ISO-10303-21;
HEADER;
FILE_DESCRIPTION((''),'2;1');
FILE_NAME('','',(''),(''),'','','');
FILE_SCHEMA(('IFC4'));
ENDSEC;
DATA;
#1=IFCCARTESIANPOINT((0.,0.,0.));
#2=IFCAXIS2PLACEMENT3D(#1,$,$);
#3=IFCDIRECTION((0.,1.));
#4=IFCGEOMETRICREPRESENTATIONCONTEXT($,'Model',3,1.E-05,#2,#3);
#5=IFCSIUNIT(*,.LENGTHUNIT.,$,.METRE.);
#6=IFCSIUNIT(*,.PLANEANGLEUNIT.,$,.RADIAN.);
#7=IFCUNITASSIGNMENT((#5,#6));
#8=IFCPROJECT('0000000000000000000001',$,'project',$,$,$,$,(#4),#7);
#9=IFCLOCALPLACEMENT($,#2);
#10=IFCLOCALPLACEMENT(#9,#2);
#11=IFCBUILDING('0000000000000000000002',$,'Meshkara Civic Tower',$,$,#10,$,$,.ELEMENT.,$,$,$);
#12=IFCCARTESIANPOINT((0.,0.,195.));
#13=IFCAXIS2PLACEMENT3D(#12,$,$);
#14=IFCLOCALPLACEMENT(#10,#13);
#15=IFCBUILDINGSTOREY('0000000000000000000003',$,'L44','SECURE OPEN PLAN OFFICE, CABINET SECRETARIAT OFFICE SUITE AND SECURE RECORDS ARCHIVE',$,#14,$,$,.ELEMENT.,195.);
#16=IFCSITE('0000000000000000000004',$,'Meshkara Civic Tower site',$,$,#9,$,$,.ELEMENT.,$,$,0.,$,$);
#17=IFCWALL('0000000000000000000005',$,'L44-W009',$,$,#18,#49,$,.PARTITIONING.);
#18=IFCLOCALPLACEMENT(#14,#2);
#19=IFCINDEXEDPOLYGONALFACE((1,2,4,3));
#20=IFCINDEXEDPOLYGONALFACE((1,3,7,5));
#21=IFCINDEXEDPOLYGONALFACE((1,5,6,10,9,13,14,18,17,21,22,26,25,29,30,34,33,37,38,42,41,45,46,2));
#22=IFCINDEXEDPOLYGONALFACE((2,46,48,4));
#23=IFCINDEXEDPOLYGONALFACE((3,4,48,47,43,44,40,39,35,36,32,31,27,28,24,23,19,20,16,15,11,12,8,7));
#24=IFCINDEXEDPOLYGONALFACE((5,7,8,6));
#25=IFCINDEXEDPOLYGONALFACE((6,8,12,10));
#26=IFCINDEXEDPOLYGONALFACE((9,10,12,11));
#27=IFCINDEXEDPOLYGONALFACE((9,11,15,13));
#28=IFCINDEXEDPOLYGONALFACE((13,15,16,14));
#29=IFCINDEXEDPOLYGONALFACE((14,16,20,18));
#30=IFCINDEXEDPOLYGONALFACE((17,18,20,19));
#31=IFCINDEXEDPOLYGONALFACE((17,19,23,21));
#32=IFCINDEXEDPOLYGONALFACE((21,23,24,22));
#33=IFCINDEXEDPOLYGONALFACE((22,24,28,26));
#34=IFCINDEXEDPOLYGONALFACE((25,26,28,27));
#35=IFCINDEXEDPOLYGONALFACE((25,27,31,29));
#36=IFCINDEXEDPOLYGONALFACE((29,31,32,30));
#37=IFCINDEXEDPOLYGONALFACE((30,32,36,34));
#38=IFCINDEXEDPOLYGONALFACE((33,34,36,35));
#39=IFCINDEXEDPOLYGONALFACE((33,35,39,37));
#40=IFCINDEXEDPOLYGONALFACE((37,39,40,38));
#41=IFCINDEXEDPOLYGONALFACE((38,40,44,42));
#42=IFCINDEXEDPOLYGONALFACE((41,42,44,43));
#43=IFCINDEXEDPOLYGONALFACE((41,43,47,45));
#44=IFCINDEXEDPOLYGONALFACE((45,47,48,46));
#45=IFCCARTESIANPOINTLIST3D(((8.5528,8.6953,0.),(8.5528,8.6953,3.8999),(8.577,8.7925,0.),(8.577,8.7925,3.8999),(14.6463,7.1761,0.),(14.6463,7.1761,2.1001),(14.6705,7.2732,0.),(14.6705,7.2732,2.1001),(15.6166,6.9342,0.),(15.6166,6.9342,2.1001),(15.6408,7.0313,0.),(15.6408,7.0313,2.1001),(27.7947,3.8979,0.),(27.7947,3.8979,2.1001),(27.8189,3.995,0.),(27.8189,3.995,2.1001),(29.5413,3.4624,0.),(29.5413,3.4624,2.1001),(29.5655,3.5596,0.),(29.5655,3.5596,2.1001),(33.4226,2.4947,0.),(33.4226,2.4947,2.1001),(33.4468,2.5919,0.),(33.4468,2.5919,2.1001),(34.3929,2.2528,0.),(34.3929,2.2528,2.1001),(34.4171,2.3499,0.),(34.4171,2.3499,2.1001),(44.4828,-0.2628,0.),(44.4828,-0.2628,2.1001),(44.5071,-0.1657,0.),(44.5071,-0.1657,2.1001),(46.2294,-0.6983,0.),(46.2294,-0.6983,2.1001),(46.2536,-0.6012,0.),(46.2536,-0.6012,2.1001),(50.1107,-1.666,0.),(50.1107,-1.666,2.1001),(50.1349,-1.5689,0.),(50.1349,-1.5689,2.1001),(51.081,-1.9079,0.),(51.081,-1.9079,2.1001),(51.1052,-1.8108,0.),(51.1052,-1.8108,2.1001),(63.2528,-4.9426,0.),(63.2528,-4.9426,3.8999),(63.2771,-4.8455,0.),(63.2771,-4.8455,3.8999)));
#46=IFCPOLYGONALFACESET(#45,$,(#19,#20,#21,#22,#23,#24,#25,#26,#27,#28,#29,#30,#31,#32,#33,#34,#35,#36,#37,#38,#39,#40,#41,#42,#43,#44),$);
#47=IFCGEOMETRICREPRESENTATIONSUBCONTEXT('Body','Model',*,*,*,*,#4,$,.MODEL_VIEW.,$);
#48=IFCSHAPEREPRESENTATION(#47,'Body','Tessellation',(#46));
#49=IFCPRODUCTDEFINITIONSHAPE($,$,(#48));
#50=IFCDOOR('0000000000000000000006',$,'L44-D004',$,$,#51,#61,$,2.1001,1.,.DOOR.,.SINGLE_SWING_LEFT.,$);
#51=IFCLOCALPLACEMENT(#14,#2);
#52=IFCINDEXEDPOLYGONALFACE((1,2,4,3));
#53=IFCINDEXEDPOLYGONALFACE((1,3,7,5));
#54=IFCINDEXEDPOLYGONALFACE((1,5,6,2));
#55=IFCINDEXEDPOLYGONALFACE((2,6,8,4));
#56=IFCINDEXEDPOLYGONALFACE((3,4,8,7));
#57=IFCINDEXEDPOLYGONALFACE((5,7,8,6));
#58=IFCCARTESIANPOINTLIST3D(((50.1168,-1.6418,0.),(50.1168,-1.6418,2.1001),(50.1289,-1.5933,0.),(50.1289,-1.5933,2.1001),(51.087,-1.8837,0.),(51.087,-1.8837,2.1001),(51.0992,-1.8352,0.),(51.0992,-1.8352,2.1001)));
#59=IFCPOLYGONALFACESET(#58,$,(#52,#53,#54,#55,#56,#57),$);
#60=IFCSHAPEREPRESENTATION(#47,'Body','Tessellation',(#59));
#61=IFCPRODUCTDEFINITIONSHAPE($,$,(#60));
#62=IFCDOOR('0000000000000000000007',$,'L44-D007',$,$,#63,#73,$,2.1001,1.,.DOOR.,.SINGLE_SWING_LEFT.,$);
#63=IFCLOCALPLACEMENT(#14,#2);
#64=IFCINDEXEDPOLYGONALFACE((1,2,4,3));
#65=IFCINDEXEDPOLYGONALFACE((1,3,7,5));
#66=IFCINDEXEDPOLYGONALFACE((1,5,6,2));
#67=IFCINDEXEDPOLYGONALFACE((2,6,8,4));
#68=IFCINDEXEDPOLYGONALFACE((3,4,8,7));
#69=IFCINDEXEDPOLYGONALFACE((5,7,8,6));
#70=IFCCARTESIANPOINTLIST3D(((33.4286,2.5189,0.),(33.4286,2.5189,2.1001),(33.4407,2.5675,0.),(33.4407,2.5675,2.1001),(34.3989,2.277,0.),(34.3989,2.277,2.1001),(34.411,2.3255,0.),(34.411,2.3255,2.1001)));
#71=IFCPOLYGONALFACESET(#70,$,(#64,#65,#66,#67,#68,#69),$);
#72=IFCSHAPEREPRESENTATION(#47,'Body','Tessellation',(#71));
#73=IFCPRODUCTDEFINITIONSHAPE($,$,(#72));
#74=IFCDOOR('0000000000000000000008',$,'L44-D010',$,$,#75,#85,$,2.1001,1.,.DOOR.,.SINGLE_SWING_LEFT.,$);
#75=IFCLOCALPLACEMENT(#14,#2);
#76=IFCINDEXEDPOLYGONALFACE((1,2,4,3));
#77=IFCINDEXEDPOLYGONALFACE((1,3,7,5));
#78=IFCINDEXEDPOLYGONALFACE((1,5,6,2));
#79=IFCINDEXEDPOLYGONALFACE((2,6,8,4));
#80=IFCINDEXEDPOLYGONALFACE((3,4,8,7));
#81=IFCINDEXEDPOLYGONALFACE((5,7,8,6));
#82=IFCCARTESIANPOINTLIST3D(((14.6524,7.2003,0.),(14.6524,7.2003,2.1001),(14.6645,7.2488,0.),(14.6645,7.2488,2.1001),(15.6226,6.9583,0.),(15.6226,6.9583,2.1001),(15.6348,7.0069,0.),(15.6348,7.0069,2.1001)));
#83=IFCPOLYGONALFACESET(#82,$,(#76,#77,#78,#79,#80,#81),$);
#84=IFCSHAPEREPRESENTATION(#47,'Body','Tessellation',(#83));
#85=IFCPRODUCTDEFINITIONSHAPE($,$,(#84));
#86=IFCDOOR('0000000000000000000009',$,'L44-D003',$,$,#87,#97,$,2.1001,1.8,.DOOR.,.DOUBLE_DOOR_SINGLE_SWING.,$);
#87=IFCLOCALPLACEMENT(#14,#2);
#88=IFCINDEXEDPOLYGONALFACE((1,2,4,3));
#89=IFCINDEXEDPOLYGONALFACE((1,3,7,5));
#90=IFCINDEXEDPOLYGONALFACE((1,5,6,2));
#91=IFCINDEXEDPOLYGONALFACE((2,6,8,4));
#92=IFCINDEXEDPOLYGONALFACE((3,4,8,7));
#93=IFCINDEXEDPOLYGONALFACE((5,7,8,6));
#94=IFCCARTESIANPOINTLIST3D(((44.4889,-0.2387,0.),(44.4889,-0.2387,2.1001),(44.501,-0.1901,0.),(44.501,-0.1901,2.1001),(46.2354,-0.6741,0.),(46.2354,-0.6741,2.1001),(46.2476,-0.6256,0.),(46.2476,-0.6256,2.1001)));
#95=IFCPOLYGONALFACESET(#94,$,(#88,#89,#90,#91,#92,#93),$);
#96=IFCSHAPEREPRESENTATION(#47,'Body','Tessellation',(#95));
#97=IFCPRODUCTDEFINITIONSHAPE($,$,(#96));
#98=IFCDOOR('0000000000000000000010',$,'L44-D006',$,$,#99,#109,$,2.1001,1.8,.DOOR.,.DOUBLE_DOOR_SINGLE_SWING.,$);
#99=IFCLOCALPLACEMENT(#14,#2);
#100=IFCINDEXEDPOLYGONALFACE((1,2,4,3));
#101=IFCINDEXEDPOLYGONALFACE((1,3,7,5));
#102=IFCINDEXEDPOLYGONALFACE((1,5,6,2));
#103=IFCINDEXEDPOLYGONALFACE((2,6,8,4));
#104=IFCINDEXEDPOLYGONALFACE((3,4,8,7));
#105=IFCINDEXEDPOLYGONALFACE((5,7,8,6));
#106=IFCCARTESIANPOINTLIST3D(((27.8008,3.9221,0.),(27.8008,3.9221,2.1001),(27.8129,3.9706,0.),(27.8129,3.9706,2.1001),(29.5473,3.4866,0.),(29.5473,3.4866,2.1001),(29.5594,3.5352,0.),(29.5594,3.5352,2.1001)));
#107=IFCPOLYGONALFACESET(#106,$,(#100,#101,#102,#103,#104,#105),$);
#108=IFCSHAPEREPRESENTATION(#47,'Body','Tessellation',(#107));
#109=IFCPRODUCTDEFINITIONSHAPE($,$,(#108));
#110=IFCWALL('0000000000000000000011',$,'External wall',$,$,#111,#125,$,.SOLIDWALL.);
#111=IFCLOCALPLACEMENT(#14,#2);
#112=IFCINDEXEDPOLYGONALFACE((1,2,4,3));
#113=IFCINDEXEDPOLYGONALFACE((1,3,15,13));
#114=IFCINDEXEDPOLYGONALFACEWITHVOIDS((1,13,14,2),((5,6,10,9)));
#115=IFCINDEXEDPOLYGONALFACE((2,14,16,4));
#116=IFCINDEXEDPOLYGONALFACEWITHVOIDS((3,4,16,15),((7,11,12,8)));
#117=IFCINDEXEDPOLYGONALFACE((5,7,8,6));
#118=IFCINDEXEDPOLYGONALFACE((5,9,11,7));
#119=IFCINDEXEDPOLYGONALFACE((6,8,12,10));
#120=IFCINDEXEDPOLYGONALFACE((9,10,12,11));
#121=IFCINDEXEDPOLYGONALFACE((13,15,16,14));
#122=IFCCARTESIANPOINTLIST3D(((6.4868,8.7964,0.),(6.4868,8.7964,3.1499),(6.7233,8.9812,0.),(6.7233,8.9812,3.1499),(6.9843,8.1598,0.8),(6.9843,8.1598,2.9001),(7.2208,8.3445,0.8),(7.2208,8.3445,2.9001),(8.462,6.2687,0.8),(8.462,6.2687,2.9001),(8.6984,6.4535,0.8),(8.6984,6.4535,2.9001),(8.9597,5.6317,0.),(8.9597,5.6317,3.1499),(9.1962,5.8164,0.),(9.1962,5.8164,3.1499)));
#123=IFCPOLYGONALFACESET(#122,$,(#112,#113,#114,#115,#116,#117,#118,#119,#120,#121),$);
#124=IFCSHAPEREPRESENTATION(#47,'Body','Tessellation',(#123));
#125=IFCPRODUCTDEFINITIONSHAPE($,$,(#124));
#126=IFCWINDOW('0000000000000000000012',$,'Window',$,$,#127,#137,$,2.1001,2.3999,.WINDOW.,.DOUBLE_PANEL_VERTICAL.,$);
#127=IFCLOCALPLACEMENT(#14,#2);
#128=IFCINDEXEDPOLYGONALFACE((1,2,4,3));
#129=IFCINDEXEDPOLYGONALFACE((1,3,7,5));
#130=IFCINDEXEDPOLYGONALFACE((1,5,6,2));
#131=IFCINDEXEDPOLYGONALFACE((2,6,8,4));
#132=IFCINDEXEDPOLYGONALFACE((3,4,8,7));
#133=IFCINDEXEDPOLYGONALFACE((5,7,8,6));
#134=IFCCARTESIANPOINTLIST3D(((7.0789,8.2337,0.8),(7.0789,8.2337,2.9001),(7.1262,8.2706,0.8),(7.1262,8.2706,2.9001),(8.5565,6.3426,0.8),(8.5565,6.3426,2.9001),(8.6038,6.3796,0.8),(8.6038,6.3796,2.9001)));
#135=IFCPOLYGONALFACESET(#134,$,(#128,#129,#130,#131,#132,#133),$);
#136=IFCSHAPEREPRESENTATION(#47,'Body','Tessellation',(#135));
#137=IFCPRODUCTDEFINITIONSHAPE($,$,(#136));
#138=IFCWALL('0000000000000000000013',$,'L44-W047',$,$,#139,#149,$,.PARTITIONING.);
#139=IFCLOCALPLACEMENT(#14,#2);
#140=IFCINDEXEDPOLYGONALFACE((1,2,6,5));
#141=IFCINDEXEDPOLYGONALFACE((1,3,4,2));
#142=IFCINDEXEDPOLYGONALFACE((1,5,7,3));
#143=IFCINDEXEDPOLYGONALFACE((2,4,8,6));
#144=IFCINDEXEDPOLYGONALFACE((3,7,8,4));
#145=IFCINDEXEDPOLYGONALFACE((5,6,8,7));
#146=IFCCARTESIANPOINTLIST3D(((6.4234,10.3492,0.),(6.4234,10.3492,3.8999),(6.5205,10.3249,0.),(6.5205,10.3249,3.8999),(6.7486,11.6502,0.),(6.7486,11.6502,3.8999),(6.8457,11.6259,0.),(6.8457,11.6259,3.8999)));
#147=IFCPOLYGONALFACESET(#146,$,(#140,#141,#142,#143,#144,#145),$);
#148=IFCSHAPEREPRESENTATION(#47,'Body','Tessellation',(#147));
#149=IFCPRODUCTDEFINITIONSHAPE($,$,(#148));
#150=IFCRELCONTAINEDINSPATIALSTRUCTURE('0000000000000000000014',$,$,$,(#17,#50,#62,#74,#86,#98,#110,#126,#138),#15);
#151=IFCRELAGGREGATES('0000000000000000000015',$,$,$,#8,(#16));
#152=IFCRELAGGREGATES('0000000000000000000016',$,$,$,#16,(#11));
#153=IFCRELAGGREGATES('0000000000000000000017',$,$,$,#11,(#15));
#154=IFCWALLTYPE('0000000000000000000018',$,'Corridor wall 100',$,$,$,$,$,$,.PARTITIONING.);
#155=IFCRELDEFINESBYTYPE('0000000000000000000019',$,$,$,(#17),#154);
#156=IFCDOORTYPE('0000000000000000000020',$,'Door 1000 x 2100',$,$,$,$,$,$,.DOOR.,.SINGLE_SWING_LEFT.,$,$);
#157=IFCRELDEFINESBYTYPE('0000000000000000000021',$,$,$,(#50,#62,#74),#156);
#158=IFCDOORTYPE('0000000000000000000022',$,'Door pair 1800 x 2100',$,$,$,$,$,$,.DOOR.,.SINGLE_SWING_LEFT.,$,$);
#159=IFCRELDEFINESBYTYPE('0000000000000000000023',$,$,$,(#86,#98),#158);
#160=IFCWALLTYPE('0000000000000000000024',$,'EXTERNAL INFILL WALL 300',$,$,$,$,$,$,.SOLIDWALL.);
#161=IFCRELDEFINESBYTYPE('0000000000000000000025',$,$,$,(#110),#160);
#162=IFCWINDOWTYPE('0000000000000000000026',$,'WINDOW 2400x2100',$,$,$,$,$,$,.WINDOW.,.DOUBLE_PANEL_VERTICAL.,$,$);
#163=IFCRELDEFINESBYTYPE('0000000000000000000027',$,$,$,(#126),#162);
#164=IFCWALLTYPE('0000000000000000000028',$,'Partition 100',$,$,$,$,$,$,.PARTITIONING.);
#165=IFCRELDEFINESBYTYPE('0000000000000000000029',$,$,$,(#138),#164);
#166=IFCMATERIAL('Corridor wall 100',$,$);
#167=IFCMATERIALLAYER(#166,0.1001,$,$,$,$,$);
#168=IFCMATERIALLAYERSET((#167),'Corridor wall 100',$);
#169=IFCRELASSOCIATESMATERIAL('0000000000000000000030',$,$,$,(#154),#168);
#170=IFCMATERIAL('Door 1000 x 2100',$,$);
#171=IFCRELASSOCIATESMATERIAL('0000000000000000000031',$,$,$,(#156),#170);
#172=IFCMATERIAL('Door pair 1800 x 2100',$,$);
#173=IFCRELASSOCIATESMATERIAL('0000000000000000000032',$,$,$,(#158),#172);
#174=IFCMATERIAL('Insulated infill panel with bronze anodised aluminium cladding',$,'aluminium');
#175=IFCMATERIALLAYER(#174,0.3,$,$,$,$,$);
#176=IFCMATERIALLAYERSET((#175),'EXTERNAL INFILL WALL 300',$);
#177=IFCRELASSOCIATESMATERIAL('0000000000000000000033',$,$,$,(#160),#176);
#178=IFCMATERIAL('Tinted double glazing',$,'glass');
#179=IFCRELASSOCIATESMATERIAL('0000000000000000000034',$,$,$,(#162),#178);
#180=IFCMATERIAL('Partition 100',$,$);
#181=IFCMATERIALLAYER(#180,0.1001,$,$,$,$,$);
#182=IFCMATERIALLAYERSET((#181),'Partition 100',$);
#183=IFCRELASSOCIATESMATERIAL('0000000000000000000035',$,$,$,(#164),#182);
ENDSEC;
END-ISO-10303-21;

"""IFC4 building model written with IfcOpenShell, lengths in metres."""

from ifc_helpers import new_model, si_unit, direction, frame, frame_2d, origin, place, context, subcontext, project, spatial, rectangle, extrude, material, layer, layer_set, type_object, element, fill, save


model = new_model("IFC4")

# Units and contexts
model_context = context("Model", 3, precision=1e-05, world=origin(), true_north=direction((0.0, 1.0)))
body_context = subcontext(model_context, "Body", "Model", "MODEL_VIEW")
ifc_project = project(units=[si_unit("LENGTHUNIT", "METRE"), si_unit("PLANEANGLEUNIT", "RADIAN")], contexts=[model_context])

# Site, building, storey
site_placement = place(None, origin())
site = spatial("IfcSite", under=ifc_project, at=site_placement, Name="Meshkara Civic Tower site", CompositionType="ELEMENT", RefElevation=0.0)
building_placement = place(site_placement, origin())
building = spatial("IfcBuilding", under=site, at=building_placement, Name="Meshkara Civic Tower", CompositionType="ELEMENT")
storey_placement = place(building_placement, frame((0.0, 0.0, 195.0)))
storey = spatial("IfcBuildingStorey", under=building, at=storey_placement, Name="L44", Description="SECURE OPEN PLAN OFFICE, CABINET SECRETARIAT OFFICE SUITE AND SECURE RECORDS ARCHIVE", CompositionType="ELEMENT", Elevation=195.0)

# Shared definitions
ifc_material_1 = material(Name="Corridor wall 100")
ifc_layer_1 = layer(ifc_material_1, 0.1001)
ifc_layer_set_1 = layer_set([ifc_layer_1], Name="Corridor wall 100")
wall_type_1 = type_object("IfcWallType", Name="Corridor wall 100", PredefinedType="PARTITIONING", material=ifc_layer_set_1)
ifc_material_2 = material(Name="Door 1000 x 2100")
door_type_1 = type_object("IfcDoorType", Name="Door 1000 x 2100", OperationType="SINGLE_SWING_LEFT", PredefinedType="DOOR", material=ifc_material_2)

# Wall, openings, doors
wall_1_placement = place(storey_placement, frame((8.5649, 8.7439, 0.0), z_axis=(0.0, 0.0, 1.0), x_axis=(0.970297, -0.241917, 0.0)))
wall_1 = element("IfcWall", 1, at=wall_1_placement, inside=storey, type_object=wall_type_1, Name="L44-W009", PredefinedType="PARTITIONING", context=body_context, shape_type="SweptSolid", body=[
    extrude(rectangle(XDim=56.3745, YDim=0.1001, at=frame_2d((28.1873, 0.0))), origin(), (0.0, 0.0, 1.0), 3.8999),
])
opening_1_placement = place(wall_1_placement, frame((37.03, 0.0, 0.0)))
opening_1 = element("IfcOpeningElement", 2, at=opening_1_placement, cuts=wall_1, PredefinedType="OPENING", context=body_context, shape_type="SweptSolid", body=[
    extrude(rectangle(XDim=1.8, YDim=2.1001, at=frame_2d((0.8999, 1.05))), frame((0.0, 0.0601, 0.0), z_axis=(0.0, -1.0, 0.0), x_axis=(1.0, 0.0, 0.0)), (0.0, 0.0, 1.0), 0.1201),
])
opening_2_placement = place(wall_1_placement, frame((42.8301, 0.0, 0.0)))
opening_2 = element("IfcOpeningElement", 3, at=opening_2_placement, cuts=wall_1, PredefinedType="OPENING", context=body_context, shape_type="SweptSolid", body=[
    extrude(rectangle(XDim=1.0, YDim=2.1001, at=frame_2d((0.5, 1.05))), frame((0.0, 0.0601, 0.0), z_axis=(0.0, -1.0, 0.0), x_axis=(1.0, 0.0, 0.0)), (0.0, 0.0, 1.0), 0.1201),
])
opening_3_placement = place(wall_1_placement, frame((19.8311, 0.0, 0.0)))
opening_3 = element("IfcOpeningElement", 4, at=opening_3_placement, cuts=wall_1, PredefinedType="OPENING", context=body_context, shape_type="SweptSolid", body=[
    extrude(rectangle(XDim=1.8, YDim=2.1001, at=frame_2d((0.8999, 1.05))), frame((0.0, 0.0601, 0.0), z_axis=(0.0, -1.0, 0.0), x_axis=(1.0, 0.0, 0.0)), (0.0, 0.0, 1.0), 0.1201),
])
opening_4_placement = place(wall_1_placement, frame((25.6311, 0.0, 0.0)))
opening_4 = element("IfcOpeningElement", 5, at=opening_4_placement, cuts=wall_1, PredefinedType="OPENING", context=body_context, shape_type="SweptSolid", body=[
    extrude(rectangle(XDim=1.0, YDim=2.1001, at=frame_2d((0.5, 1.05))), frame((0.0, 0.0601, 0.0), z_axis=(0.0, -1.0, 0.0), x_axis=(1.0, 0.0, 0.0)), (0.0, 0.0, 1.0), 0.1201),
])
opening_5_placement = place(wall_1_placement, frame((6.28, 0.0, 0.0)))
opening_5 = element("IfcOpeningElement", 6, at=opening_5_placement, cuts=wall_1, PredefinedType="OPENING", context=body_context, shape_type="SweptSolid", body=[
    extrude(rectangle(XDim=1.0, YDim=2.1001, at=frame_2d((0.5, 1.05))), frame((0.0, 0.0601, 0.0), z_axis=(0.0, -1.0, 0.0), x_axis=(1.0, 0.0, 0.0)), (0.0, 0.0, 1.0), 0.1201),
])
door_1_placement = place(opening_2_placement, origin())
door_1 = element("IfcDoor", 7, at=door_1_placement, inside=storey, type_object=door_type_1, Name="L44-D004", OperationType="SINGLE_SWING_LEFT", OverallHeight=2.1001, OverallWidth=1.0, PredefinedType="DOOR", context=body_context, shape_type="SweptSolid", body=[
    extrude(rectangle(XDim=1.0, YDim=2.1001, at=frame_2d((0.5, 1.05))), frame((0.0, 0.0249, 0.0), z_axis=(0.0, -1.0, 0.0), x_axis=(1.0, 0.0, 0.0)), (0.0, 0.0, 1.0), 0.05),
])
fill(opening_2, door_1)
door_2_placement = place(opening_4_placement, origin())
door_2 = element("IfcDoor", 8, at=door_2_placement, inside=storey, type_object=door_type_1, Name="L44-D007", OperationType="SINGLE_SWING_LEFT", OverallHeight=2.1001, OverallWidth=1.0, PredefinedType="DOOR", context=body_context, shape_type="SweptSolid", body=[
    extrude(rectangle(XDim=1.0, YDim=2.1001, at=frame_2d((0.5, 1.05))), frame((0.0, 0.0249, 0.0), z_axis=(0.0, -1.0, 0.0), x_axis=(1.0, 0.0, 0.0)), (0.0, 0.0, 1.0), 0.05),
])
fill(opening_4, door_2)
door_3_placement = place(opening_5_placement, origin())
door_3 = element("IfcDoor", 9, at=door_3_placement, inside=storey, type_object=door_type_1, Name="L44-D010", OperationType="SINGLE_SWING_LEFT", OverallHeight=2.1001, OverallWidth=1.0, PredefinedType="DOOR", context=body_context, shape_type="SweptSolid", body=[
    extrude(rectangle(XDim=1.0, YDim=2.1001, at=frame_2d((0.5, 1.05))), frame((0.0, 0.0249, 0.0), z_axis=(0.0, -1.0, 0.0), x_axis=(1.0, 0.0, 0.0)), (0.0, 0.0, 1.0), 0.05),
])
fill(opening_5, door_3)
ifc_material_3 = material(Name="Door pair 1800 x 2100")
door_type_2 = type_object("IfcDoorType", Name="Door pair 1800 x 2100", OperationType="SINGLE_SWING_LEFT", PredefinedType="DOOR", material=ifc_material_3)
door_4_placement = place(opening_1_placement, origin())
door_4 = element("IfcDoor", 10, at=door_4_placement, inside=storey, type_object=door_type_2, Name="L44-D003", OperationType="DOUBLE_DOOR_SINGLE_SWING", OverallHeight=2.1001, OverallWidth=1.8, PredefinedType="DOOR", context=body_context, shape_type="SweptSolid", body=[
    extrude(rectangle(XDim=1.8, YDim=2.1001, at=frame_2d((0.8999, 1.05))), frame((0.0, 0.0249, 0.0), z_axis=(0.0, -1.0, 0.0), x_axis=(1.0, 0.0, 0.0)), (0.0, 0.0, 1.0), 0.05),
])
fill(opening_1, door_4)
door_5_placement = place(opening_3_placement, origin())
door_5 = element("IfcDoor", 11, at=door_5_placement, inside=storey, type_object=door_type_2, Name="L44-D006", OperationType="DOUBLE_DOOR_SINGLE_SWING", OverallHeight=2.1001, OverallWidth=1.8, PredefinedType="DOOR", context=body_context, shape_type="SweptSolid", body=[
    extrude(rectangle(XDim=1.8, YDim=2.1001, at=frame_2d((0.8999, 1.05))), frame((0.0, 0.0249, 0.0), z_axis=(0.0, -1.0, 0.0), x_axis=(1.0, 0.0, 0.0)), (0.0, 0.0, 1.0), 0.05),
])
fill(opening_3, door_5)

# Wall, opening, window
ifc_material_4 = material(Name="Insulated infill panel with bronze anodised aluminium cladding", Category="aluminium")
ifc_layer_2 = layer(ifc_material_4, 0.3)
ifc_layer_set_2 = layer_set([ifc_layer_2], Name="EXTERNAL INFILL WALL 300")
wall_type_2 = type_object("IfcWallType", Name="EXTERNAL INFILL WALL 300", PredefinedType="SOLIDWALL", material=ifc_layer_set_2)
wall_2_placement = place(storey_placement, frame((6.605, 8.8889, 0.0), z_axis=(0.0, 0.0, 1.0), x_axis=(0.615707, -0.787976, 0.0)))
wall_2 = element("IfcWall", 12, at=wall_2_placement, inside=storey, type_object=wall_type_2, Name="External wall", PredefinedType="SOLIDWALL", context=body_context, shape_type="SweptSolid", body=[
    extrude(rectangle(XDim=4.0164, YDim=0.3, at=frame_2d((2.0083, 0.0))), origin(), (0.0, 0.0, 1.0), 3.1499),
])
opening_6_placement = place(wall_2_placement, frame((0.8081, 0.0, 0.8)))
opening_6 = element("IfcOpeningElement", 13, at=opening_6_placement, cuts=wall_2, PredefinedType="OPENING", context=body_context, shape_type="SweptSolid", body=[
    extrude(rectangle(XDim=2.3999, YDim=2.1001, at=frame_2d((1.2, 1.05))), frame((0.0, 0.1599, 0.0), z_axis=(0.0, -1.0, 0.0), x_axis=(1.0, 0.0, 0.0)), (0.0, 0.0, 1.0), 0.3201),
])
ifc_material_5 = material(Name="Tinted double glazing", Category="glass")
window_type = type_object("IfcWindowType", Name="WINDOW 2400x2100", PartitioningType="DOUBLE_PANEL_VERTICAL", PredefinedType="WINDOW", material=ifc_material_5)
window_placement = place(opening_6_placement, origin())
window = element("IfcWindow", 14, at=window_placement, inside=storey, type_object=window_type, Name="Window", OverallHeight=2.1001, OverallWidth=2.3999, PartitioningType="DOUBLE_PANEL_VERTICAL", PredefinedType="WINDOW", context=body_context, shape_type="SweptSolid", body=[
    extrude(rectangle(XDim=2.3999, YDim=2.1001, at=frame_2d((1.2, 1.05))), frame((0.0, 0.03, 0.0), z_axis=(0.0, -1.0, 0.0), x_axis=(1.0, 0.0, 0.0)), (0.0, 0.0, 1.0), 0.0601),
])
fill(opening_6, window)

# Wall
ifc_material_6 = material(Name="Partition 100")
ifc_layer_3 = layer(ifc_material_6, 0.1001)
ifc_layer_set_3 = layer_set([ifc_layer_3], Name="Partition 100")
wall_type_3 = type_object("IfcWallType", Name="Partition 100", PredefinedType="PARTITIONING", material=ifc_layer_set_3)
wall_3_placement = place(storey_placement, frame((6.7971, 11.6379, 0.0), z_axis=(0.0, 0.0, 1.0), x_axis=(-0.242493, -0.970153, 0.0)))
element("IfcWall", 15, at=wall_3_placement, inside=storey, type_object=wall_type_3, Name="L44-W047", PredefinedType="PARTITIONING", context=body_context, shape_type="SweptSolid", body=[
    extrude(rectangle(XDim=1.3411, YDim=0.1001, at=frame_2d((0.6704, 0.0))), origin(), (0.0, 0.0, 1.0), 3.8999),
])

save(model, "model.ifc")
